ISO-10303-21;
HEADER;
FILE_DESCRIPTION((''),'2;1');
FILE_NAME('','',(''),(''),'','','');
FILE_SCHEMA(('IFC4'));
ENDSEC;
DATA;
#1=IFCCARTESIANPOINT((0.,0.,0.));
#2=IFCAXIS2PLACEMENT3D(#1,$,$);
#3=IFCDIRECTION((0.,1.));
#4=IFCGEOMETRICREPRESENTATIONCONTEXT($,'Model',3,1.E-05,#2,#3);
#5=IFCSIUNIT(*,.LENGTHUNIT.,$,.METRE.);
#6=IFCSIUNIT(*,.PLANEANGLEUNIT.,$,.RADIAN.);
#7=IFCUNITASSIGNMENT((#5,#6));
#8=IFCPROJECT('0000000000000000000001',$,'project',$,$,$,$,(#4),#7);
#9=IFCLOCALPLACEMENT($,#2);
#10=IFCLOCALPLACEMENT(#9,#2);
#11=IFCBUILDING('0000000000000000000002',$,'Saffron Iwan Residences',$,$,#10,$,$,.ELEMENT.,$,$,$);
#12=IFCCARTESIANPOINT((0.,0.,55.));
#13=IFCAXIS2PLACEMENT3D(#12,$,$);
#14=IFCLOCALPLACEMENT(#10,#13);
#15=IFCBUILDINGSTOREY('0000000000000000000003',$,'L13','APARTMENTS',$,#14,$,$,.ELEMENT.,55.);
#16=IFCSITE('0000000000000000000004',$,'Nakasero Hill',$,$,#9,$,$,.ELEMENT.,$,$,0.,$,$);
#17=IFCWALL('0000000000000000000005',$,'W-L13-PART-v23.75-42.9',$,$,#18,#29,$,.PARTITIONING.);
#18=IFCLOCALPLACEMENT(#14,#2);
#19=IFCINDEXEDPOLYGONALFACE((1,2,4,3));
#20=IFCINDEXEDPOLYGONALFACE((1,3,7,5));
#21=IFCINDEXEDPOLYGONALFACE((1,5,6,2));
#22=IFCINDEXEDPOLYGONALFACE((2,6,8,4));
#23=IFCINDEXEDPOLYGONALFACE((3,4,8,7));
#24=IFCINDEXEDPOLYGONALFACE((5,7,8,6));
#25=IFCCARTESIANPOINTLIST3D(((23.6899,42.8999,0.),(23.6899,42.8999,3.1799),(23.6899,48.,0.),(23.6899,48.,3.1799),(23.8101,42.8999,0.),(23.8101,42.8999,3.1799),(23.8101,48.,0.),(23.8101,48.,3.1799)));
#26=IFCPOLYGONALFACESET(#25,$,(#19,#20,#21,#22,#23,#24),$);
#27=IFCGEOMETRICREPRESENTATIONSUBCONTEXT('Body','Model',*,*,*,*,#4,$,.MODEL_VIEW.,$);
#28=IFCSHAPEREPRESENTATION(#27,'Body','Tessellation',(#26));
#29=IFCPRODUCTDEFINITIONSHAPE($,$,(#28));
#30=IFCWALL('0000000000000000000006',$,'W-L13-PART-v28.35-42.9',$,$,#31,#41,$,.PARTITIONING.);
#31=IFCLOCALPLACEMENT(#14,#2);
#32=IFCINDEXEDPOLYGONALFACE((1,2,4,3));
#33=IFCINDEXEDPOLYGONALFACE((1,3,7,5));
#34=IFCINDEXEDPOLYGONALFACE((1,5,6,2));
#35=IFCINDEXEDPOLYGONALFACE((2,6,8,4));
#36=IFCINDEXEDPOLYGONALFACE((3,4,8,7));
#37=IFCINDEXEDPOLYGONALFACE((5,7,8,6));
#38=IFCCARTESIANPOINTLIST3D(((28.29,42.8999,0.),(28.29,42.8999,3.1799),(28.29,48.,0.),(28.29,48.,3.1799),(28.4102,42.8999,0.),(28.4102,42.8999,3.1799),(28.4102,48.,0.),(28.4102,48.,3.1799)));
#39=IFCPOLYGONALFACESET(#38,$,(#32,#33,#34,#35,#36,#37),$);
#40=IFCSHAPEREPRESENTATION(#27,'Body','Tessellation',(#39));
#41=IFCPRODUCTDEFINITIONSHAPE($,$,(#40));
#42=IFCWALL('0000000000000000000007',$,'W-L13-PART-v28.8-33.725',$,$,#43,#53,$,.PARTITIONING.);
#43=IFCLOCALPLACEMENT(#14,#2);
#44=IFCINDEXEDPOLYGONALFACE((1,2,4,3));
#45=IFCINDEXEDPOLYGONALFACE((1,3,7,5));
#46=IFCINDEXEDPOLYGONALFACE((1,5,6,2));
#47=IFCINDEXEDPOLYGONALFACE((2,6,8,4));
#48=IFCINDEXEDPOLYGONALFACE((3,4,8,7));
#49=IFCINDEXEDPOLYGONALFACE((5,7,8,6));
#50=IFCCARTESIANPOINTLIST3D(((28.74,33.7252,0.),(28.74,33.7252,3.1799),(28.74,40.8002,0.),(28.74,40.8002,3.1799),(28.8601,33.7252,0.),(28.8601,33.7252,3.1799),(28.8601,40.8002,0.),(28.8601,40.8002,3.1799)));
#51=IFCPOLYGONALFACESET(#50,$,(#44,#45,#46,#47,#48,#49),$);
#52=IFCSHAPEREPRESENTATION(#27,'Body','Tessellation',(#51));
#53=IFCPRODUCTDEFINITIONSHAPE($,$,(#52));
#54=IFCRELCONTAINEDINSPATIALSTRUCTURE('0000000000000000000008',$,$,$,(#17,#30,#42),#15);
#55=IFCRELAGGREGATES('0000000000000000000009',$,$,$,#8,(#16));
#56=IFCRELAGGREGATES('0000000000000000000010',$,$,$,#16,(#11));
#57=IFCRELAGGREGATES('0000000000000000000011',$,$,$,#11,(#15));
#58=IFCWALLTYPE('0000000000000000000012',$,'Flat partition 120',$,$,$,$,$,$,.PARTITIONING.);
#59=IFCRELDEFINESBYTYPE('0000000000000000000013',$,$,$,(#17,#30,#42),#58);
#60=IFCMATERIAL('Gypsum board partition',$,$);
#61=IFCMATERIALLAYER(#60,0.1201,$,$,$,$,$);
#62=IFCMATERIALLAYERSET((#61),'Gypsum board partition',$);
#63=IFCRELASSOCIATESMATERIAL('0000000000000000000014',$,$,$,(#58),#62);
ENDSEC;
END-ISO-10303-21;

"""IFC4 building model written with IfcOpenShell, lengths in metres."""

from ifc_helpers import new_model, si_unit, direction, frame, frame_2d, origin, place, context, subcontext, project, spatial, rectangle, extrude, material, layer, layer_set, type_object, element, save


model = new_model("IFC4")

# Units and contexts
model_context = context("Model", 3, precision=1e-05, world=origin(), true_north=direction((0.0, 1.0)))
body_context = subcontext(model_context, "Body", "Model", "MODEL_VIEW")
ifc_project = project(units=[si_unit("LENGTHUNIT", "METRE"), si_unit("PLANEANGLEUNIT", "RADIAN")], contexts=[model_context])

# Site, building, storey
site_placement = place(None, origin())
site = spatial("IfcSite", under=ifc_project, at=site_placement, Name="Nakasero Hill", CompositionType="ELEMENT", RefElevation=0.0)
building_placement = place(site_placement, origin())
building = spatial("IfcBuilding", under=site, at=building_placement, Name="Saffron Iwan Residences", CompositionType="ELEMENT")
storey_placement = place(building_placement, frame((0.0, 0.0, 55.0)))
storey = spatial("IfcBuildingStorey", under=building, at=storey_placement, Name="L13", Description="APARTMENTS", CompositionType="ELEMENT", Elevation=55.0)

# Shared definitions
ifc_material_1 = material(Name="Gypsum board partition")
ifc_layer = layer(ifc_material_1, 0.1201)
ifc_layer_set = layer_set([ifc_layer], Name="Gypsum board partition")
wall_type = type_object("IfcWallType", Name="Flat partition 120", PredefinedType="PARTITIONING", material=ifc_layer_set)

# Walls
for number, where, z_axis, x_axis, name in (
    (1, (23.75, 42.8999, 0.0), (0.0, 0.0, 1.0), (0.0, 1.0, 0.0), "W-L13-PART-v23.75-42.9"),
    (2, (28.3501, 42.8999, 0.0), (0.0, 0.0, 1.0), (0.0, 1.0, 0.0), "W-L13-PART-v28.35-42.9"),
):
    element("IfcWall", number, at=place(storey_placement, frame(where, z_axis=z_axis, x_axis=x_axis)), inside=storey, type_object=wall_type, Name=name, PredefinedType="PARTITIONING", context=body_context, shape_type="SweptSolid", body=[
        extrude(rectangle(XDim=5.1001, YDim=0.1201, at=frame_2d((2.55, 0.0))), origin(), (0.0, 0.0, 1.0), 3.1799),
    ])
wall_1_placement = place(storey_placement, frame((28.8, 33.7251, 0.0), z_axis=(0.0, 0.0, 1.0), x_axis=(0.0, 1.0, 0.0)))
element("IfcWall", 3, at=wall_1_placement, inside=storey, type_object=wall_type, Name="W-L13-PART-v28.8-33.725", PredefinedType="PARTITIONING", context=body_context, shape_type="SweptSolid", body=[
    extrude(rectangle(XDim=7.075, YDim=0.1201, at=frame_2d((3.5376, 0.0))), origin(), (0.0, 0.0, 1.0), 3.1799),
])

save(model, "model.ifc")
